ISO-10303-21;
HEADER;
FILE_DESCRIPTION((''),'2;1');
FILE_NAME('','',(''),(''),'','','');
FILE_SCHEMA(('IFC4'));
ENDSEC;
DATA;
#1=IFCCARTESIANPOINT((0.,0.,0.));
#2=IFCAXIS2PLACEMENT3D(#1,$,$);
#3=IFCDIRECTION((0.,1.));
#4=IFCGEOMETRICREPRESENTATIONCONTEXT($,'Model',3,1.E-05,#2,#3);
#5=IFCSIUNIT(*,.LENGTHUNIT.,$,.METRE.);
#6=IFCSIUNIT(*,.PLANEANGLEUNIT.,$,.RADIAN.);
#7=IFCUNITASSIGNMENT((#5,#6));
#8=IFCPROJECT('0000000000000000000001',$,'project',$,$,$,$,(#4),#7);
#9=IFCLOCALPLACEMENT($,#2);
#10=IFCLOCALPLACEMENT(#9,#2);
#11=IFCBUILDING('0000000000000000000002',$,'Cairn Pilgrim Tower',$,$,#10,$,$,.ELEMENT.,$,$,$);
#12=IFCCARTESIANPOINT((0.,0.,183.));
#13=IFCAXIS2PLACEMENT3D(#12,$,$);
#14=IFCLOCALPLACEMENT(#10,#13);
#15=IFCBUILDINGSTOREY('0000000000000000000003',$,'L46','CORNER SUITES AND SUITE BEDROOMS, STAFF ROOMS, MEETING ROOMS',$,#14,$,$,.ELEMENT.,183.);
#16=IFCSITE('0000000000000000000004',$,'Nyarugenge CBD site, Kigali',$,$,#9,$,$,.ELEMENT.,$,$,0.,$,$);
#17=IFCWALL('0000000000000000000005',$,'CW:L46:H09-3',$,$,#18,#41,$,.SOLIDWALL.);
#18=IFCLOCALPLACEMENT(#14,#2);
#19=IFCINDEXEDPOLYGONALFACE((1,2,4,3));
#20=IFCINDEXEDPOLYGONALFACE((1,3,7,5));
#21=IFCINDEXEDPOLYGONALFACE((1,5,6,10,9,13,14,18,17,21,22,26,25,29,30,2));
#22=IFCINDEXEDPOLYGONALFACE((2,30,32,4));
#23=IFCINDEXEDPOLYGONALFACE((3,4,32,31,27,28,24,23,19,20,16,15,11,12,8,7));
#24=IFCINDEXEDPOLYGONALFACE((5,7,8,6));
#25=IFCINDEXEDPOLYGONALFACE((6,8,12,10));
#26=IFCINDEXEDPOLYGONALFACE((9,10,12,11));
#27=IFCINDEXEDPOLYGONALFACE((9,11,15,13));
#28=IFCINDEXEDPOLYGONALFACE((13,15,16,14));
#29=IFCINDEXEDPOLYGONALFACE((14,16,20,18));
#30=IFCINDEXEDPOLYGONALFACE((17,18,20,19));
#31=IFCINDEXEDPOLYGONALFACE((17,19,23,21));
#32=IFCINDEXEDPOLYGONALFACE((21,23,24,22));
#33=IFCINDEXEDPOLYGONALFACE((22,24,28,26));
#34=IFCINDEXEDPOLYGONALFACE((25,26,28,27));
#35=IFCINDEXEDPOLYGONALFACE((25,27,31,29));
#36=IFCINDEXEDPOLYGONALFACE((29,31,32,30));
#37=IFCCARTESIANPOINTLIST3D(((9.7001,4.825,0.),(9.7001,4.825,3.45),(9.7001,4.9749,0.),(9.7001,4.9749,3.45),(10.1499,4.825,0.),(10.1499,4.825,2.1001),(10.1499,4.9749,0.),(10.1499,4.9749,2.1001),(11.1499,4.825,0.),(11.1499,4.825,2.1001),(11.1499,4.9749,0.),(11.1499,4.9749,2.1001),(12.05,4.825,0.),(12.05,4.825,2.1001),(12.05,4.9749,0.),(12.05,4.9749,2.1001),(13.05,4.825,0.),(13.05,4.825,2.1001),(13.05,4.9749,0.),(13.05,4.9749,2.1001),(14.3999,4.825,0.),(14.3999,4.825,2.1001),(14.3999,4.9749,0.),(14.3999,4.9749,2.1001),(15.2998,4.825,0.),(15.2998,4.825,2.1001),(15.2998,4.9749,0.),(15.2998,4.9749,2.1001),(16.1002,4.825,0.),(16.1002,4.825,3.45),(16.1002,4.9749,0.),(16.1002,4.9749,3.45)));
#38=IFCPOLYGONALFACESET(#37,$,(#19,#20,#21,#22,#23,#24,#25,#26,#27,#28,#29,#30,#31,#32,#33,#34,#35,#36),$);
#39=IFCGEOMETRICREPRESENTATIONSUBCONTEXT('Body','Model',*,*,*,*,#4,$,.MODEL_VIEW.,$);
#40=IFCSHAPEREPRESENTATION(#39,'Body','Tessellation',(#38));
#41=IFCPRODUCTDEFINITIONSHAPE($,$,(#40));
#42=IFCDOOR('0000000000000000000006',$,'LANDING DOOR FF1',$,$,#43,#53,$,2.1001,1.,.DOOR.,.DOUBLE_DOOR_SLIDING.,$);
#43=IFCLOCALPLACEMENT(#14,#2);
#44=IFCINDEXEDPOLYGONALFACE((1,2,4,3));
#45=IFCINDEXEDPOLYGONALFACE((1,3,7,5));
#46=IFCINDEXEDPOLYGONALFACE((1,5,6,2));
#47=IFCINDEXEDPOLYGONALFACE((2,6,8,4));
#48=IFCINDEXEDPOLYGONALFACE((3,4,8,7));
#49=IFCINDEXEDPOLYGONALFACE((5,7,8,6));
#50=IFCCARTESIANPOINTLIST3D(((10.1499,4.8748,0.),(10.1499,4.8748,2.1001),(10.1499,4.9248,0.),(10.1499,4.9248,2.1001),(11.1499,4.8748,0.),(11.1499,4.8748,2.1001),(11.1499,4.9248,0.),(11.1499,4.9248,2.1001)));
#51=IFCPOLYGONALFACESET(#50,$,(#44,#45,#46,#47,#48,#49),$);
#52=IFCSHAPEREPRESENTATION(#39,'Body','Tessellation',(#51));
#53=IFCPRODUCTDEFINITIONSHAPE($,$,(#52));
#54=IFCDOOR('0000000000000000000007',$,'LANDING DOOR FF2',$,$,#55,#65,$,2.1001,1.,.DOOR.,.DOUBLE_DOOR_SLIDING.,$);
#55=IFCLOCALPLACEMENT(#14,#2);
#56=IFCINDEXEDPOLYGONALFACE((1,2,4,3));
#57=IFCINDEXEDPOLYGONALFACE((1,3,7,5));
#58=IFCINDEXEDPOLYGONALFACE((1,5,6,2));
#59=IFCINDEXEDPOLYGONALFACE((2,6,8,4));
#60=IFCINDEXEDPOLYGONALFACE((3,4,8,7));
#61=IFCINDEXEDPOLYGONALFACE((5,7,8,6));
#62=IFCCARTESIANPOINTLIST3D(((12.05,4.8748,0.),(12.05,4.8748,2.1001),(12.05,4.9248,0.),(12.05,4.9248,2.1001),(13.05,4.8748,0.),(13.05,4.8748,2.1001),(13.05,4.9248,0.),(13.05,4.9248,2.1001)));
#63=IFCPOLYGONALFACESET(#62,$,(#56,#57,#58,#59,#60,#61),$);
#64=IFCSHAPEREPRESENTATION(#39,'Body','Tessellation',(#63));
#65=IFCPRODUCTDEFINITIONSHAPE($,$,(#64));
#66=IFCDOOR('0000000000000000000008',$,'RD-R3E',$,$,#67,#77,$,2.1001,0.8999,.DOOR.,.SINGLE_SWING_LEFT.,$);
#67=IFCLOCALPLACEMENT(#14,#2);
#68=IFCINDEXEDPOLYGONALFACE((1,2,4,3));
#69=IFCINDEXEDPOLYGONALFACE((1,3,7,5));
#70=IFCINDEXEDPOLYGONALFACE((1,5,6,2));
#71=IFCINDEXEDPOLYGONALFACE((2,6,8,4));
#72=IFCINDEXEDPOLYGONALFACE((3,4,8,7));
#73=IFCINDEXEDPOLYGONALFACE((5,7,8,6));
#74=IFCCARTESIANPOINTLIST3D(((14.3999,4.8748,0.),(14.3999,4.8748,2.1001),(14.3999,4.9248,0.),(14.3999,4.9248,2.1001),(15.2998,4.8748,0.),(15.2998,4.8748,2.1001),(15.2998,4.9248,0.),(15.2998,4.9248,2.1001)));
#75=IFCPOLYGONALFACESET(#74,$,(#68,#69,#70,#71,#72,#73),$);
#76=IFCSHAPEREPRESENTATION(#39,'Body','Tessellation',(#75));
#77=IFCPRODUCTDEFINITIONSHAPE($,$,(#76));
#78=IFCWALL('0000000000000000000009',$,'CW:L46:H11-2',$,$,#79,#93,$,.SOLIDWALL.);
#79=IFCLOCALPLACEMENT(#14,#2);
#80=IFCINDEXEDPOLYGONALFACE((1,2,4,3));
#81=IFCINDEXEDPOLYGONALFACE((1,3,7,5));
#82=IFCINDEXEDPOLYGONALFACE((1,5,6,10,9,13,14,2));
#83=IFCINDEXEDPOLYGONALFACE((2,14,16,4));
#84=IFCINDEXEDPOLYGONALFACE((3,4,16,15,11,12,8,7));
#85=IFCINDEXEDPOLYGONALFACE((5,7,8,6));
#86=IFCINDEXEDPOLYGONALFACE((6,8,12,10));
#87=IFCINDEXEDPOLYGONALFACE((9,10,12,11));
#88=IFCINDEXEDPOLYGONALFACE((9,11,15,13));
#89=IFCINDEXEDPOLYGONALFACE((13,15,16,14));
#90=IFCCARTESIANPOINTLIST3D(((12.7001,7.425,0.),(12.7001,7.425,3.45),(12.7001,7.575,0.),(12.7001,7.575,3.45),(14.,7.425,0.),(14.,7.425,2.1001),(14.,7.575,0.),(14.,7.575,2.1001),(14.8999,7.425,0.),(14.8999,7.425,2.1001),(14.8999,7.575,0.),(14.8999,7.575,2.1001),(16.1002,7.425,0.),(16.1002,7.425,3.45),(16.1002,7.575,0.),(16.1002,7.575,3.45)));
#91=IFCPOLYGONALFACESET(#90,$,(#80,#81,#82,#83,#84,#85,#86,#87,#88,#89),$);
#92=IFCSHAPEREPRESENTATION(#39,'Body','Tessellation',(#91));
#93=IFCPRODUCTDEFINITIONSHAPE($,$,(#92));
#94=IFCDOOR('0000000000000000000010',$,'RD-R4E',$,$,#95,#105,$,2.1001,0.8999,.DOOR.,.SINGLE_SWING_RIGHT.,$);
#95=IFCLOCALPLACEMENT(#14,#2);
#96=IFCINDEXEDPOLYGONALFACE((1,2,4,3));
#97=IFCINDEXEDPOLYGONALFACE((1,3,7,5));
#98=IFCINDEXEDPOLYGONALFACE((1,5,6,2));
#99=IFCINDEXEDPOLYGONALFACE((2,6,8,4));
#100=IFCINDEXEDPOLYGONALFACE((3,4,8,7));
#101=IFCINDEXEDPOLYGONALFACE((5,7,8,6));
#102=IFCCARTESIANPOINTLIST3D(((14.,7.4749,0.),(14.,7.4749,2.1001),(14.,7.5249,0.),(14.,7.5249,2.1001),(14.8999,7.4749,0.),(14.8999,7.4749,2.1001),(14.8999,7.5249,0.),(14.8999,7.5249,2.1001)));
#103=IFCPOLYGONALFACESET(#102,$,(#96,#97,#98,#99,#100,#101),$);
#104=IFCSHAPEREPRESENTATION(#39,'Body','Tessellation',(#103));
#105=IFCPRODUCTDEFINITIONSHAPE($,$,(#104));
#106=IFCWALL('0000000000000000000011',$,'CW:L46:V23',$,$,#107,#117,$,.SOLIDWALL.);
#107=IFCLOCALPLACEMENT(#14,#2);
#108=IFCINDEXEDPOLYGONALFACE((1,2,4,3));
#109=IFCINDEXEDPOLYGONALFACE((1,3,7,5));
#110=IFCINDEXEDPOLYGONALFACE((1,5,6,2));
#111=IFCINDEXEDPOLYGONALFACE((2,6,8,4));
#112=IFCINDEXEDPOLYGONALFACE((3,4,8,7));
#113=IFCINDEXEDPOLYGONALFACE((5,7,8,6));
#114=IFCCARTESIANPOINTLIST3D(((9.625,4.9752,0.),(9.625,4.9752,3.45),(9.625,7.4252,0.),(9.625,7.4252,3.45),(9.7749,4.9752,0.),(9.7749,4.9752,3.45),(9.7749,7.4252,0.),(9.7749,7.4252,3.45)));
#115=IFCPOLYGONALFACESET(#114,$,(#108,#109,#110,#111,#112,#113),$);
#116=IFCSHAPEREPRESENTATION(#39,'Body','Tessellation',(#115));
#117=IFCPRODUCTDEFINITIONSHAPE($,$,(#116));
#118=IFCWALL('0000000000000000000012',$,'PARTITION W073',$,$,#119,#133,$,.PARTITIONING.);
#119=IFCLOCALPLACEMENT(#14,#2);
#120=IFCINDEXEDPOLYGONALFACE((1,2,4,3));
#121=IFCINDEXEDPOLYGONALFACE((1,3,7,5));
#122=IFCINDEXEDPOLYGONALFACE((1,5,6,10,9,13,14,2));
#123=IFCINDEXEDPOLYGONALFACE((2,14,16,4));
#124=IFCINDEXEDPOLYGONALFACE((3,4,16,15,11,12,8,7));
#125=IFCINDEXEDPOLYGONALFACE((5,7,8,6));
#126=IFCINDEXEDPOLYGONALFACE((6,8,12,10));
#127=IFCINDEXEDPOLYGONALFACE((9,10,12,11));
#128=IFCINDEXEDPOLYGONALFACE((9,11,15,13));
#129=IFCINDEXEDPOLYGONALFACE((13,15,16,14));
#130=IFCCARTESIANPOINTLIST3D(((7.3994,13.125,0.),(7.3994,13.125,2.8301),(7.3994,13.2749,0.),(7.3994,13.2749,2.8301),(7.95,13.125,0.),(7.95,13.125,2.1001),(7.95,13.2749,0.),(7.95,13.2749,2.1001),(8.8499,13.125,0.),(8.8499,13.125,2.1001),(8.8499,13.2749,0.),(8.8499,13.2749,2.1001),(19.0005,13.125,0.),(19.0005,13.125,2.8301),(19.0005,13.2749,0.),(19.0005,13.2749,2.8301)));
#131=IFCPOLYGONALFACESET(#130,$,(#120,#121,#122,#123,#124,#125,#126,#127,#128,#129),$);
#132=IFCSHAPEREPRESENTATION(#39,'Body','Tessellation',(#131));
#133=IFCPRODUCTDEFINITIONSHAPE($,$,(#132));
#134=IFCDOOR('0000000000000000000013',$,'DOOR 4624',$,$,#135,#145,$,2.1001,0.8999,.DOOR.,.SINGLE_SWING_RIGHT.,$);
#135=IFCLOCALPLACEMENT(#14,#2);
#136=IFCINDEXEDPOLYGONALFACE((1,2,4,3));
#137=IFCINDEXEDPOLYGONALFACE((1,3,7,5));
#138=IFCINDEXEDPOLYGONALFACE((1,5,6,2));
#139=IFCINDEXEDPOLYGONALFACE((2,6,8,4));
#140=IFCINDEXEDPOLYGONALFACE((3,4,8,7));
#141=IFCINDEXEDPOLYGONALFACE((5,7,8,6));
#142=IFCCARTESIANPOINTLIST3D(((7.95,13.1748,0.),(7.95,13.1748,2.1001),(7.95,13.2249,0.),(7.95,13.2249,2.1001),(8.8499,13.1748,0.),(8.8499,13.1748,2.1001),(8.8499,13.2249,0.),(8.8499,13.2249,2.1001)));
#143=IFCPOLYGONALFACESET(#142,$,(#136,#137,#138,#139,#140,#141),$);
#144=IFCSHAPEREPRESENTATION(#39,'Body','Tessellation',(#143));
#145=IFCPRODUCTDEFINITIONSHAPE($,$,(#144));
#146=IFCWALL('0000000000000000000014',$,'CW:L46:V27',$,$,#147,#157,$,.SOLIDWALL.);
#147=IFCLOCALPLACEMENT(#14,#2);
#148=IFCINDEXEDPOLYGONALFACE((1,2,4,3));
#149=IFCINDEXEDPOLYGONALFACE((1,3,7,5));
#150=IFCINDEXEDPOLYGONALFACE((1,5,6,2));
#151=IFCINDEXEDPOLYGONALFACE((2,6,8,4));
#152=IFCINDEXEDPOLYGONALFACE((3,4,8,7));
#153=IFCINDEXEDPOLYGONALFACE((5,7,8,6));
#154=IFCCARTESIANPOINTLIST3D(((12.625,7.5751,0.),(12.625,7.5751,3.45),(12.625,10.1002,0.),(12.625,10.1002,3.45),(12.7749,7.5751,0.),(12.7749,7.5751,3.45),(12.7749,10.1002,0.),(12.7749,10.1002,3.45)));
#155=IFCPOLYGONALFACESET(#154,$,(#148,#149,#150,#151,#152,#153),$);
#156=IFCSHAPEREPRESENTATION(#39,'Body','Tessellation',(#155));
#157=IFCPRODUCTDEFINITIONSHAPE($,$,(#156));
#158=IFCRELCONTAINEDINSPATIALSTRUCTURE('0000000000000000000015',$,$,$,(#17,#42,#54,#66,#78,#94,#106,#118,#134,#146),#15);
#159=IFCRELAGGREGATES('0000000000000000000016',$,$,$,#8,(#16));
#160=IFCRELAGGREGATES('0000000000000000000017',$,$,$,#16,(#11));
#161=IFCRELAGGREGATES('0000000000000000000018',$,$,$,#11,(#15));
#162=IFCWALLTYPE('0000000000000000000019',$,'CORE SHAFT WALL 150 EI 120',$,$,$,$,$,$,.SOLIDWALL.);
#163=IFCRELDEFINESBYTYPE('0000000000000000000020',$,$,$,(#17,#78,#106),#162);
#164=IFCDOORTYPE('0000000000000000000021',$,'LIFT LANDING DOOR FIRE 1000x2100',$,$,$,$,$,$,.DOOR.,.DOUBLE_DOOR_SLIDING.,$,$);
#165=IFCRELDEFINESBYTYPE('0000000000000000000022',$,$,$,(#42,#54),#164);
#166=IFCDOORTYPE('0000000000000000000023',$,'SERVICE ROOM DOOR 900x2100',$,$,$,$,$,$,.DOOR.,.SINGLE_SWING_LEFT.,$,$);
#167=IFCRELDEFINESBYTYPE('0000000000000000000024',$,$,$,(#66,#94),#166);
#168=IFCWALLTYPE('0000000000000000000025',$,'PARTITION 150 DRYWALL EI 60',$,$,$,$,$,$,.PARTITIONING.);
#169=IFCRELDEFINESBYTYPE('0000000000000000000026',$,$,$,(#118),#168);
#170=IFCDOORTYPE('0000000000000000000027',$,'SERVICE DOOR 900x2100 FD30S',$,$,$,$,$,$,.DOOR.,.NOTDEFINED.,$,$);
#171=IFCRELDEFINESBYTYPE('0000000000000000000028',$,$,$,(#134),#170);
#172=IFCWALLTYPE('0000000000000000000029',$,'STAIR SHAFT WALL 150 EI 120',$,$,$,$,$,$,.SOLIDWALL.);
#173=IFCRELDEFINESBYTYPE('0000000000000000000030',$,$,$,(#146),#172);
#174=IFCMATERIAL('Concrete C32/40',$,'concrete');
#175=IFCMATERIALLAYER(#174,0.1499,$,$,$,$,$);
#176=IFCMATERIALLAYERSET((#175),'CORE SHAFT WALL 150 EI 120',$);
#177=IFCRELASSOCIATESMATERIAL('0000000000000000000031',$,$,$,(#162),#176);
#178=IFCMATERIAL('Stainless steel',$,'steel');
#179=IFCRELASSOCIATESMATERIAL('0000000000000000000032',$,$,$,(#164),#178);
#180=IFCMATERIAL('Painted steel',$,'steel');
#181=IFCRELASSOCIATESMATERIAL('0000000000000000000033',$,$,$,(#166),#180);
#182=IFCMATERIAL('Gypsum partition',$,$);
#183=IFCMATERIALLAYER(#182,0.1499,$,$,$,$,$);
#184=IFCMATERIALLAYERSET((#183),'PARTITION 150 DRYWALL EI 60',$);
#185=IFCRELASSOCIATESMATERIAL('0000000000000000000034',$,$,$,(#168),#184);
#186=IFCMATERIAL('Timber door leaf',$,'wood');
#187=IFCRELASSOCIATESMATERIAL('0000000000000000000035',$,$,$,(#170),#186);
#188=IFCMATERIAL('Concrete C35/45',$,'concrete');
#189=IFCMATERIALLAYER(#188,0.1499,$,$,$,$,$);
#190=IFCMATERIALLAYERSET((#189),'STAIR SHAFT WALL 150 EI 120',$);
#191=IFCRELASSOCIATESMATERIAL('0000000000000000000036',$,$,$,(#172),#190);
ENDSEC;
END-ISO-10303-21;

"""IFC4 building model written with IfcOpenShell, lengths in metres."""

from ifc_helpers import new_model, si_unit, direction, frame, frame_2d, origin, place, context, subcontext, project, spatial, rectangle, extrude, material, layer, layer_set, type_object, element, fill, save


model = new_model("IFC4")

# Units and contexts
model_context = context("Model", 3, precision=1e-05, world=origin(), true_north=direction((0.0, 1.0)))
body_context = subcontext(model_context, "Body", "Model", "MODEL_VIEW")
ifc_project = project(units=[si_unit("LENGTHUNIT", "METRE"), si_unit("PLANEANGLEUNIT", "RADIAN")], contexts=[model_context])

# Site, building, storey
site_placement = place(None, origin())
site = spatial("IfcSite", under=ifc_project, at=site_placement, Name="Nyarugenge CBD site, Kigali", CompositionType="ELEMENT", RefElevation=0.0)
building_placement = place(site_placement, origin())
building = spatial("IfcBuilding", under=site, at=building_placement, Name="Cairn Pilgrim Tower", CompositionType="ELEMENT")
storey_placement = place(building_placement, frame((0.0, 0.0, 183.0)))
storey = spatial("IfcBuildingStorey", under=building, at=storey_placement, Name="L46", Description="CORNER SUITES AND SUITE BEDROOMS, STAFF ROOMS, MEETING ROOMS", CompositionType="ELEMENT", Elevation=183.0)

# Shared definitions
ifc_material_1 = material(Name="Concrete C32/40", Category="concrete")

# Wall, openings, doors
ifc_layer_1 = layer(ifc_material_1, 0.1499)
ifc_layer_set_1 = layer_set([ifc_layer_1], Name="CORE SHAFT WALL 150 EI 120")
wall_type_1 = type_object("IfcWallType", Name="CORE SHAFT WALL 150 EI 120", PredefinedType="SOLIDWALL", material=ifc_layer_set_1)
wall_1_placement = place(storey_placement, frame((9.7, 4.8999, 0.0), z_axis=(0.0, 0.0, 1.0), x_axis=(1.0, 0.0, 0.0)))
wall_1 = element("IfcWall", 1, at=wall_1_placement, inside=storey, type_object=wall_type_1, Name="CW:L46:H09-3", PredefinedType="SOLIDWALL", context=body_context, shape_type="SweptSolid", body=[
    extrude(rectangle(XDim=6.4001, YDim=0.1499, at=frame_2d((3.2002, 0.0))), origin(), (0.0, 0.0, 1.0), 3.45),
])
opening_1_placement = place(wall_1_placement, frame((0.45, 0.0, 0.0)))
opening_1 = element("IfcOpeningElement", 2, at=opening_1_placement, cuts=wall_1, PredefinedType="OPENING", context=body_context, shape_type="SweptSolid", body=[
    extrude(rectangle(XDim=1.0, YDim=2.1001, at=frame_2d((0.5, 1.05))), frame((0.0, 0.085, 0.0), z_axis=(0.0, -1.0, 0.0), x_axis=(1.0, 0.0, 0.0)), (0.0, 0.0, 1.0), 0.1699),
])
opening_2_placement = place(wall_1_placement, frame((2.3501, 0.0, 0.0)))
opening_2 = element("IfcOpeningElement", 3, at=opening_2_placement, cuts=wall_1, PredefinedType="OPENING", context=body_context, shape_type="SweptSolid", body=[
    extrude(rectangle(XDim=1.0, YDim=2.1001, at=frame_2d((0.5, 1.05))), frame((0.0, 0.085, 0.0), z_axis=(0.0, -1.0, 0.0), x_axis=(1.0, 0.0, 0.0)), (0.0, 0.0, 1.0), 0.1699),
])
opening_3_placement = place(wall_1_placement, frame((4.7, 0.0, 0.0)))
opening_3 = element("IfcOpeningElement", 4, at=opening_3_placement, cuts=wall_1, PredefinedType="OPENING", context=body_context, shape_type="SweptSolid", body=[
    extrude(rectangle(XDim=0.8999, YDim=2.1001, at=frame_2d((0.45, 1.05))), frame((0.0, 0.085, 0.0), z_axis=(0.0, -1.0, 0.0), x_axis=(1.0, 0.0, 0.0)), (0.0, 0.0, 1.0), 0.1699),
])
ifc_material_2 = material(Name="Stainless steel", Category="steel")
door_type_1 = type_object("IfcDoorType", Name="LIFT LANDING DOOR FIRE 1000x2100", OperationType="DOUBLE_DOOR_SLIDING", PredefinedType="DOOR", material=ifc_material_2)
door_1_placement = place(opening_1_placement, origin())
door_1 = element("IfcDoor", 5, at=door_1_placement, inside=storey, type_object=door_type_1, Name="LANDING DOOR FF1", OperationType="DOUBLE_DOOR_SLIDING", OverallHeight=2.1001, OverallWidth=1.0, PredefinedType="DOOR", context=body_context, shape_type="SweptSolid", body=[
    extrude(rectangle(XDim=1.0, YDim=2.1001, at=frame_2d((0.5, 1.05))), frame((0.0, 0.0249, 0.0), z_axis=(0.0, -1.0, 0.0), x_axis=(1.0, 0.0, 0.0)), (0.0, 0.0, 1.0), 0.05),
])
fill(opening_1, door_1)
door_2_placement = place(opening_2_placement, origin())
door_2 = element("IfcDoor", 6, at=door_2_placement, inside=storey, type_object=door_type_1, Name="LANDING DOOR FF2", OperationType="DOUBLE_DOOR_SLIDING", OverallHeight=2.1001, OverallWidth=1.0, PredefinedType="DOOR", context=body_context, shape_type="SweptSolid", body=[
    extrude(rectangle(XDim=1.0, YDim=2.1001, at=frame_2d((0.5, 1.05))), frame((0.0, 0.0249, 0.0), z_axis=(0.0, -1.0, 0.0), x_axis=(1.0, 0.0, 0.0)), (0.0, 0.0, 1.0), 0.05),
])
fill(opening_2, door_2)
ifc_material_3 = material(Name="Painted steel", Category="steel")
door_type_2 = type_object("IfcDoorType", Name="SERVICE ROOM DOOR 900x2100", OperationType="SINGLE_SWING_LEFT", PredefinedType="DOOR", material=ifc_material_3)
door_3_placement = place(opening_3_placement, origin())
door_3 = element("IfcDoor", 7, at=door_3_placement, inside=storey, type_object=door_type_2, Name="RD-R3E", OperationType="SINGLE_SWING_LEFT", OverallHeight=2.1001, OverallWidth=0.8999, PredefinedType="DOOR", context=body_context, shape_type="SweptSolid", body=[
    extrude(rectangle(XDim=0.8999, YDim=2.1001, at=frame_2d((0.45, 1.05))), frame((0.0, 0.0249, 0.0), z_axis=(0.0, -1.0, 0.0), x_axis=(1.0, 0.0, 0.0)), (0.0, 0.0, 1.0), 0.05),
])
fill(opening_3, door_3)

# Wall, opening, door
wall_2_placement = place(storey_placement, frame((12.7, 7.5, 0.0), z_axis=(0.0, 0.0, 1.0), x_axis=(1.0, 0.0, 0.0)))
wall_2 = element("IfcWall", 8, at=wall_2_placement, inside=storey, type_object=wall_type_1, Name="CW:L46:H11-2", PredefinedType="SOLIDWALL", context=body_context, shape_type="SweptSolid", body=[
    extrude(rectangle(XDim=3.4001, YDim=0.1499, at=frame_2d((1.7002, 0.0))), origin(), (0.0, 0.0, 1.0), 3.45),
])
opening_4_placement = place(wall_2_placement, frame((1.3, 0.0, 0.0)))
opening_4 = element("IfcOpeningElement", 9, at=opening_4_placement, cuts=wall_2, PredefinedType="OPENING", context=body_context, shape_type="SweptSolid", body=[
    extrude(rectangle(XDim=0.8999, YDim=2.1001, at=frame_2d((0.45, 1.05))), frame((0.0, 0.085, 0.0), z_axis=(0.0, -1.0, 0.0), x_axis=(1.0, 0.0, 0.0)), (0.0, 0.0, 1.0), 0.1699),
])
door_4_placement = place(opening_4_placement, origin())
door_4 = element("IfcDoor", 10, at=door_4_placement, inside=storey, type_object=door_type_2, Name="RD-R4E", OperationType="SINGLE_SWING_RIGHT", OverallHeight=2.1001, OverallWidth=0.8999, PredefinedType="DOOR", context=body_context, shape_type="SweptSolid", body=[
    extrude(rectangle(XDim=0.8999, YDim=2.1001, at=frame_2d((0.45, 1.05))), frame((0.0, 0.0249, 0.0), z_axis=(0.0, -1.0, 0.0), x_axis=(1.0, 0.0, 0.0)), (0.0, 0.0, 1.0), 0.05),
])
fill(opening_4, door_4)

# Wall
wall_3_placement = place(storey_placement, frame((9.7, 4.9751, 0.0), z_axis=(0.0, 0.0, 1.0), x_axis=(0.0, 1.0, 0.0)))
element("IfcWall", 11, at=wall_3_placement, inside=storey, type_object=wall_type_1, Name="CW:L46:V23", PredefinedType="SOLIDWALL", context=body_context, shape_type="SweptSolid", body=[
    extrude(rectangle(XDim=2.45, YDim=0.1499, at=frame_2d((1.2251, 0.0))), origin(), (0.0, 0.0, 1.0), 3.45),
])

# Wall, opening, door
ifc_material_4 = material(Name="Gypsum partition")
ifc_layer_2 = layer(ifc_material_4, 0.1499)
ifc_layer_set_2 = layer_set([ifc_layer_2], Name="PARTITION 150 DRYWALL EI 60")
wall_type_2 = type_object("IfcWallType", Name="PARTITION 150 DRYWALL EI 60", PredefinedType="PARTITIONING", material=ifc_layer_set_2)
wall_4_placement = place(storey_placement, frame((7.3994, 13.2, 0.0), z_axis=(0.0, 0.0, 1.0), x_axis=(1.0, 0.0, 0.0)))
wall_4 = element("IfcWall", 12, at=wall_4_placement, inside=storey, type_object=wall_type_2, Name="PARTITION W073", PredefinedType="PARTITIONING", context=body_context, shape_type="SweptSolid", body=[
    extrude(rectangle(XDim=11.6011, YDim=0.1499, at=frame_2d((5.8005, 0.0))), origin(), (0.0, 0.0, 1.0), 2.8301),
])
opening_5_placement = place(wall_4_placement, frame((0.5505, 0.0, 0.0)))
opening_5 = element("IfcOpeningElement", 13, at=opening_5_placement, cuts=wall_4, PredefinedType="OPENING", context=body_context, shape_type="SweptSolid", body=[
    extrude(rectangle(XDim=0.8999, YDim=2.1001, at=frame_2d((0.45, 1.05))), frame((0.0, 0.085, 0.0), z_axis=(0.0, -1.0, 0.0), x_axis=(1.0, 0.0, 0.0)), (0.0, 0.0, 1.0), 0.1699),
])
ifc_material_5 = material(Name="Timber door leaf", Category="wood")
door_type_3 = type_object("IfcDoorType", Name="SERVICE DOOR 900x2100 FD30S", OperationType="NOTDEFINED", PredefinedType="DOOR", material=ifc_material_5)
door_5_placement = place(opening_5_placement, origin())
door_5 = element("IfcDoor", 14, at=door_5_placement, inside=storey, type_object=door_type_3, Name="DOOR 4624", OperationType="SINGLE_SWING_RIGHT", OverallHeight=2.1001, OverallWidth=0.8999, PredefinedType="DOOR", context=body_context, shape_type="SweptSolid", body=[
    extrude(rectangle(XDim=0.8999, YDim=2.1001, at=frame_2d((0.45, 1.05))), frame((0.0, 0.0249, 0.0), z_axis=(0.0, -1.0, 0.0), x_axis=(1.0, 0.0, 0.0)), (0.0, 0.0, 1.0), 0.05),
])
fill(opening_5, door_5)

# Wall
ifc_material_6 = material(Name="Concrete C35/45", Category="concrete")
ifc_layer_3 = layer(ifc_material_6, 0.1499)
ifc_layer_set_3 = layer_set([ifc_layer_3], Name="STAIR SHAFT WALL 150 EI 120")
wall_type_3 = type_object("IfcWallType", Name="STAIR SHAFT WALL 150 EI 120", PredefinedType="SOLIDWALL", material=ifc_layer_set_3)
wall_5_placement = place(storey_placement, frame((12.7, 7.575, 0.0), z_axis=(0.0, 0.0, 1.0), x_axis=(0.0, 1.0, 0.0)))
element("IfcWall", 15, at=wall_5_placement, inside=storey, type_object=wall_type_3, Name="CW:L46:V27", PredefinedType="SOLIDWALL", context=body_context, shape_type="SweptSolid", body=[
    extrude(rectangle(XDim=2.5251, YDim=0.1499, at=frame_2d((1.2627, 0.0))), origin(), (0.0, 0.0, 1.0), 3.45),
])

save(model, "model.ifc")
